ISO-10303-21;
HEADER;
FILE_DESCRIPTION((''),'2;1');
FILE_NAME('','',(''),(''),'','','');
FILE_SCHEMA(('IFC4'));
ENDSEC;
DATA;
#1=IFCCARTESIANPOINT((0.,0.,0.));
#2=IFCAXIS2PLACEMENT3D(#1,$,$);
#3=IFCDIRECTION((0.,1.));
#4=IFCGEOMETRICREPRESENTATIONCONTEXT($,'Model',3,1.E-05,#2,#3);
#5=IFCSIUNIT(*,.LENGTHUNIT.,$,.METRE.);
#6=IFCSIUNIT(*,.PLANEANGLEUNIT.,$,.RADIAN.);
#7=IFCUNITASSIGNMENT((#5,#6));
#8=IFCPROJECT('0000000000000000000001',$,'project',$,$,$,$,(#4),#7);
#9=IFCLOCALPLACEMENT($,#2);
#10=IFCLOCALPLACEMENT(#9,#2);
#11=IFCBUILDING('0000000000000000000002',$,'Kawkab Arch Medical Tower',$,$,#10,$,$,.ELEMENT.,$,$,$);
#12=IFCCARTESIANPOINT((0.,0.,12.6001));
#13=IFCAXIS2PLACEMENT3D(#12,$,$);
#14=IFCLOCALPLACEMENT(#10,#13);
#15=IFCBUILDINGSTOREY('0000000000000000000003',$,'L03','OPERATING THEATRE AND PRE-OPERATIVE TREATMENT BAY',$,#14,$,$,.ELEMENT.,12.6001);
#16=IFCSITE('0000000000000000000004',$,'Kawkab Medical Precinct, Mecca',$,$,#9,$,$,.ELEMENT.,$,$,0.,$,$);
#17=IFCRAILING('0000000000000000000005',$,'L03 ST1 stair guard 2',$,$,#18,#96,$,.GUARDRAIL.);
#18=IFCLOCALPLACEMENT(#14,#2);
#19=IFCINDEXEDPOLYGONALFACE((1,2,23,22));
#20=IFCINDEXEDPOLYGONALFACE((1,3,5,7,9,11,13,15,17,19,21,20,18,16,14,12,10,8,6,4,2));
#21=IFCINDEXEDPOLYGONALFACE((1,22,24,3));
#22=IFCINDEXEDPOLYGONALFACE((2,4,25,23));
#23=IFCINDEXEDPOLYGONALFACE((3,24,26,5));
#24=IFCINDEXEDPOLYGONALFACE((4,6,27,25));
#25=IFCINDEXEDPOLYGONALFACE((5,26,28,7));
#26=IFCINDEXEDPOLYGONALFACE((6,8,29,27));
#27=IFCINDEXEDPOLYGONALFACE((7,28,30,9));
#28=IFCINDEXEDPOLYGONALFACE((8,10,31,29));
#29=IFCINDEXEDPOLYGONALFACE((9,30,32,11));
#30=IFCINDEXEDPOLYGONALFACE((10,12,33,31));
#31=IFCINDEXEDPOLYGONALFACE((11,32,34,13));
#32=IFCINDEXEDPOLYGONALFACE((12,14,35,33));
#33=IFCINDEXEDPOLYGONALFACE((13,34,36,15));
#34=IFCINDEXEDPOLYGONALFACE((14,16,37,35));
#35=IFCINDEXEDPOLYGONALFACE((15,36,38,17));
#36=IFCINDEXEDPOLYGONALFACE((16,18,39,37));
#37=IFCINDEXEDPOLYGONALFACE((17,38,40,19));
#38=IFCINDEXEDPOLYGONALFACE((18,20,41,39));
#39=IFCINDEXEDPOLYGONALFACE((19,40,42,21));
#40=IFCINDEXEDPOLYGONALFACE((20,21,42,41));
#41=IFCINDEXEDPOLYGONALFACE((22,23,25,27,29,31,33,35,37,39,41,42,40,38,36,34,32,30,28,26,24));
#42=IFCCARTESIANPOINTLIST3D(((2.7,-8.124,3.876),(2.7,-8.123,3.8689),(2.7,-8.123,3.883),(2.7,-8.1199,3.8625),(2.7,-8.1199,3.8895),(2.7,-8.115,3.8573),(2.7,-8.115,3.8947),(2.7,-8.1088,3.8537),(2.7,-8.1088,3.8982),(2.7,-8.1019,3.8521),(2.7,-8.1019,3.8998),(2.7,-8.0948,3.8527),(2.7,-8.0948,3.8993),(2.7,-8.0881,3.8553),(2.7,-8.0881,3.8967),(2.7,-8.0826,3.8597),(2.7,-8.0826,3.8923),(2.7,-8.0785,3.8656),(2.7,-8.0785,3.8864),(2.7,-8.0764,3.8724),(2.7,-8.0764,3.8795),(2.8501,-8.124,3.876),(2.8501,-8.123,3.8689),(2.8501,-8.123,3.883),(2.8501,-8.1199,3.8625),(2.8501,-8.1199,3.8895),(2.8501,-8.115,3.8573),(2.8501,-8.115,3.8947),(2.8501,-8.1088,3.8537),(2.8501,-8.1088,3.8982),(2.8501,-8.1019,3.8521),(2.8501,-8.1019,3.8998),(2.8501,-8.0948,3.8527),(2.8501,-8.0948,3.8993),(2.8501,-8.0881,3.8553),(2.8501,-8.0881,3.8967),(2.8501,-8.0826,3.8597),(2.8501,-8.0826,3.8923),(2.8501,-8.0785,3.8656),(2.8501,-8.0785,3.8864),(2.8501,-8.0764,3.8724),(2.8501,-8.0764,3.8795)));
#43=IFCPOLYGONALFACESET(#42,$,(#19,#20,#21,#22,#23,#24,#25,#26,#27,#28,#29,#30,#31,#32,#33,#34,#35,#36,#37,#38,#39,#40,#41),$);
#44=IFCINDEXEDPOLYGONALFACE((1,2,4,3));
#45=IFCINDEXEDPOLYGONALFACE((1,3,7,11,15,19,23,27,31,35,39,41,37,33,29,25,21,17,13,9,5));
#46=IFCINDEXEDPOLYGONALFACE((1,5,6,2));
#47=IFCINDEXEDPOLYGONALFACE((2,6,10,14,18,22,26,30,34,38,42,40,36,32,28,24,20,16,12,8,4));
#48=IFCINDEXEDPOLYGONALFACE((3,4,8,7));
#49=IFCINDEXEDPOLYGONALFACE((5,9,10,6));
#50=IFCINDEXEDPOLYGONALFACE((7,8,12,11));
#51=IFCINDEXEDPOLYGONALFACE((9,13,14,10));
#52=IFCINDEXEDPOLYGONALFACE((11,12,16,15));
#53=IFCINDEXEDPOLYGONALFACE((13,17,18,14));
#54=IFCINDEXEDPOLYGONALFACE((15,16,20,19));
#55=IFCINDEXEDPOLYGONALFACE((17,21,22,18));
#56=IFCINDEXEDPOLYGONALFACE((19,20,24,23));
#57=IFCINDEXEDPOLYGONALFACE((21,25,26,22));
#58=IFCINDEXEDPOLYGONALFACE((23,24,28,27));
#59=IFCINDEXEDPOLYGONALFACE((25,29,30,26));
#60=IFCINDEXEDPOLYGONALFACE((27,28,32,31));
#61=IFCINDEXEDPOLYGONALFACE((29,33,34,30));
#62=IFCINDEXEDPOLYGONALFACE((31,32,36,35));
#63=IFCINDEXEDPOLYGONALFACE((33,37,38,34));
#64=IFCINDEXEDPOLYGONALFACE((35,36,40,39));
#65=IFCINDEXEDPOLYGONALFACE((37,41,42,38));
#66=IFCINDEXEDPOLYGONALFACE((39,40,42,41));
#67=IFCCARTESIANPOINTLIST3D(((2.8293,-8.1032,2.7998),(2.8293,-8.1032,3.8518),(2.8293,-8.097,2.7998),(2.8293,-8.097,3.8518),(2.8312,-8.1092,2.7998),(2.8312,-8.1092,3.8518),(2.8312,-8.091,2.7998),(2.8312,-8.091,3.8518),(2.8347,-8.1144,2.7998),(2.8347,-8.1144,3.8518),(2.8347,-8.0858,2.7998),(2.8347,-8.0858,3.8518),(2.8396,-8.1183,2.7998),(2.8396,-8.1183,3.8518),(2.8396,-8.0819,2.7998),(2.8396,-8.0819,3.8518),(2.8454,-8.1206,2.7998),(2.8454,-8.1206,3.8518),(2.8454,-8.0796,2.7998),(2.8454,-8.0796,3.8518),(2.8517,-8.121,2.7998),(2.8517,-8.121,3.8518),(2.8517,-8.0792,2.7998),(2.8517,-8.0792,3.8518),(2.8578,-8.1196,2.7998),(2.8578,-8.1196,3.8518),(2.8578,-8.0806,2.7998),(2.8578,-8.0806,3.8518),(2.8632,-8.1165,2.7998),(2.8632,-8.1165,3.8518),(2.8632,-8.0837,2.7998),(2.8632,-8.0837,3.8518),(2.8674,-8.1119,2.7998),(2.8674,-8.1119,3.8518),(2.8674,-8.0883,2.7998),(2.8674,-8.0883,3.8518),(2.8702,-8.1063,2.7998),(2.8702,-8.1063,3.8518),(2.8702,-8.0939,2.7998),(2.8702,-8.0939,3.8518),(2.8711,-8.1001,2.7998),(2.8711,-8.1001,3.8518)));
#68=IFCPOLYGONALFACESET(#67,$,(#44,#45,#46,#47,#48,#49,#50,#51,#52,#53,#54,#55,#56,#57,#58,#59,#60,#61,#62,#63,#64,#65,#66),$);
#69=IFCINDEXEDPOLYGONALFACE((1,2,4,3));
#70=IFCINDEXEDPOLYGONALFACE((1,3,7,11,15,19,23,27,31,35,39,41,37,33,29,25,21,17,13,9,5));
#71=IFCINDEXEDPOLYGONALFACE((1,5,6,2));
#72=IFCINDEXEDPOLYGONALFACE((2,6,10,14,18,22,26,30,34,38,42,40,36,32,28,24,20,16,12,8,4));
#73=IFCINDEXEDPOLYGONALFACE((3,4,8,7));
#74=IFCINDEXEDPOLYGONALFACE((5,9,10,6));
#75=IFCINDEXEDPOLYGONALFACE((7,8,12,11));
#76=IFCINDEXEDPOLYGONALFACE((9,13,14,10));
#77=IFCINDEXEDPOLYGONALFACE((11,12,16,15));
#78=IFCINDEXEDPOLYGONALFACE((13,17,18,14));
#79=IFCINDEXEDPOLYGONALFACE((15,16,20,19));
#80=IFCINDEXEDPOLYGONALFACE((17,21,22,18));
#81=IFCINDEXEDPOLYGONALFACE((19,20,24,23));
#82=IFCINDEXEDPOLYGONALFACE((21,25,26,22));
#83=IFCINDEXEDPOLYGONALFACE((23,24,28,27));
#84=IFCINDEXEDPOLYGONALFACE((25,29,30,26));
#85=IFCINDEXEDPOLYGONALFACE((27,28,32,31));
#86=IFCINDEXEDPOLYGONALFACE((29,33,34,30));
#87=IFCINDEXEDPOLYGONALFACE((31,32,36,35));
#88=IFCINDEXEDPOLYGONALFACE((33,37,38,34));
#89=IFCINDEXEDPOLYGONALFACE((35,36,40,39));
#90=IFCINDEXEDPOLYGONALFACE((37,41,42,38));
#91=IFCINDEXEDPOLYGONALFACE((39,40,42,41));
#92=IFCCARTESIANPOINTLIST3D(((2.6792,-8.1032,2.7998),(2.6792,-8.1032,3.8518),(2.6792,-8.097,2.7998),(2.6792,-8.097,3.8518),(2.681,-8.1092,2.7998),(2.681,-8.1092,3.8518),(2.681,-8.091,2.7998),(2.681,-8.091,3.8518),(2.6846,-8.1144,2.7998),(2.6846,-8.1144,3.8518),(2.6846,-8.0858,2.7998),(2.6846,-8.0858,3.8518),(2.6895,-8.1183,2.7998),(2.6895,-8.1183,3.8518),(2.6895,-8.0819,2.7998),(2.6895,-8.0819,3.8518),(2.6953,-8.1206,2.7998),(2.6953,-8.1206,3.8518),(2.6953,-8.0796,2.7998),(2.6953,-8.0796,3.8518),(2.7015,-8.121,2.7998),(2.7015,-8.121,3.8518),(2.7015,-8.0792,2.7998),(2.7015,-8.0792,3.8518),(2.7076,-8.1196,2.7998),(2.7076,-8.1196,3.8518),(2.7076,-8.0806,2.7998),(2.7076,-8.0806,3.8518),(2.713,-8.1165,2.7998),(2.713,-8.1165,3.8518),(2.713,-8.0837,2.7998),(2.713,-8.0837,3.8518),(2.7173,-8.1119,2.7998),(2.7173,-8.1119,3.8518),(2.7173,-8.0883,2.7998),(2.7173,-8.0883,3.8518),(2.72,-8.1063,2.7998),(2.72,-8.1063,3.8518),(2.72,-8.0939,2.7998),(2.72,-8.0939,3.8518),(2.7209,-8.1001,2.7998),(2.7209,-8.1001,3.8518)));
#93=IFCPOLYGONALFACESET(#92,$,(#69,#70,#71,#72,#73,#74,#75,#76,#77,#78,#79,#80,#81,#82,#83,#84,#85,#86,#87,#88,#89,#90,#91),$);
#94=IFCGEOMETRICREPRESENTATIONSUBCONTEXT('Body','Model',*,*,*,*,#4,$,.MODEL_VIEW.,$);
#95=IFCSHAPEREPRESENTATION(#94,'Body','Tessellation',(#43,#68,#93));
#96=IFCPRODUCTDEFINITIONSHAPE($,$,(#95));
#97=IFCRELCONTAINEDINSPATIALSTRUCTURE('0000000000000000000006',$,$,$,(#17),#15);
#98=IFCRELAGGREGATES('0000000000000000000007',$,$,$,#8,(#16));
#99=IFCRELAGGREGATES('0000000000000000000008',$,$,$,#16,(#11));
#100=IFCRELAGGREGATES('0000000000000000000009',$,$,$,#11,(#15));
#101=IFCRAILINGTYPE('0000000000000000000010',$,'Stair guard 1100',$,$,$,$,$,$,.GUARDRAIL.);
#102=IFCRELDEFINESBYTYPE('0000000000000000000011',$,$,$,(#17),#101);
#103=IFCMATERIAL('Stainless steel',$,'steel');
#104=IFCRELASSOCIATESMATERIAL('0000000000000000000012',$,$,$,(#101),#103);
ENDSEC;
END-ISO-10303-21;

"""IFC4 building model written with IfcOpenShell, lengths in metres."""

from ifc_helpers import new_model, si_unit, direction, frame, origin, origin_2d, place, context, subcontext, project, spatial, circle, extrude, material, type_object, element, save


model = new_model("IFC4")

# Units and contexts
model_context = context("Model", 3, precision=1e-05, world=origin(), true_north=direction((0.0, 1.0)))
body_context = subcontext(model_context, "Body", "Model", "MODEL_VIEW")
ifc_project = project(units=[si_unit("LENGTHUNIT", "METRE"), si_unit("PLANEANGLEUNIT", "RADIAN")], contexts=[model_context])

# Site, building, storey
site_placement = place(None, origin())
site = spatial("IfcSite", under=ifc_project, at=site_placement, Name="Kawkab Medical Precinct, Mecca", CompositionType="ELEMENT", RefElevation=0.0)
building_placement = place(site_placement, origin())
building = spatial("IfcBuilding", under=site, at=building_placement, Name="Kawkab Arch Medical Tower", CompositionType="ELEMENT")
storey_placement = place(building_placement, frame((0.0, 0.0, 12.6001)))
storey = spatial("IfcBuildingStorey", under=building, at=storey_placement, Name="L03", Description="OPERATING THEATRE AND PRE-OPERATIVE TREATMENT BAY", CompositionType="ELEMENT", Elevation=12.6001)

# Railing
ifc_material_1 = material(Name="Stainless steel", Category="steel")
railing_type = type_object("IfcRailingType", Name="Stair guard 1100", PredefinedType="GUARDRAIL", material=ifc_material_1)
railing_1_placement = place(storey_placement, frame((2.8501, -8.1001, 2.7998)))
element("IfcRailing", 1, at=railing_1_placement, inside=storey, type_object=railing_type, Name="L03 ST1 stair guard 2", PredefinedType="GUARDRAIL", context=body_context, shape_type="SweptSolid", body=[
    extrude(circle(Radius=0.0239, at=origin_2d()), frame((0.0, 0.0, 1.0762), z_axis=(-1.0, 0.0, 0.0), x_axis=(0.0, -1.0, 0.0)), (0.0, 0.0, 1.0), 0.1501),
    extrude(circle(Radius=0.021, at=origin_2d()), origin(), (0.0, 0.0, 1.0), 1.052),
    extrude(circle(Radius=0.021, at=origin_2d()), frame((-0.1501, 0.0, 0.0)), (0.0, 0.0, 1.0), 1.052),
])

save(model, "model.ifc")
